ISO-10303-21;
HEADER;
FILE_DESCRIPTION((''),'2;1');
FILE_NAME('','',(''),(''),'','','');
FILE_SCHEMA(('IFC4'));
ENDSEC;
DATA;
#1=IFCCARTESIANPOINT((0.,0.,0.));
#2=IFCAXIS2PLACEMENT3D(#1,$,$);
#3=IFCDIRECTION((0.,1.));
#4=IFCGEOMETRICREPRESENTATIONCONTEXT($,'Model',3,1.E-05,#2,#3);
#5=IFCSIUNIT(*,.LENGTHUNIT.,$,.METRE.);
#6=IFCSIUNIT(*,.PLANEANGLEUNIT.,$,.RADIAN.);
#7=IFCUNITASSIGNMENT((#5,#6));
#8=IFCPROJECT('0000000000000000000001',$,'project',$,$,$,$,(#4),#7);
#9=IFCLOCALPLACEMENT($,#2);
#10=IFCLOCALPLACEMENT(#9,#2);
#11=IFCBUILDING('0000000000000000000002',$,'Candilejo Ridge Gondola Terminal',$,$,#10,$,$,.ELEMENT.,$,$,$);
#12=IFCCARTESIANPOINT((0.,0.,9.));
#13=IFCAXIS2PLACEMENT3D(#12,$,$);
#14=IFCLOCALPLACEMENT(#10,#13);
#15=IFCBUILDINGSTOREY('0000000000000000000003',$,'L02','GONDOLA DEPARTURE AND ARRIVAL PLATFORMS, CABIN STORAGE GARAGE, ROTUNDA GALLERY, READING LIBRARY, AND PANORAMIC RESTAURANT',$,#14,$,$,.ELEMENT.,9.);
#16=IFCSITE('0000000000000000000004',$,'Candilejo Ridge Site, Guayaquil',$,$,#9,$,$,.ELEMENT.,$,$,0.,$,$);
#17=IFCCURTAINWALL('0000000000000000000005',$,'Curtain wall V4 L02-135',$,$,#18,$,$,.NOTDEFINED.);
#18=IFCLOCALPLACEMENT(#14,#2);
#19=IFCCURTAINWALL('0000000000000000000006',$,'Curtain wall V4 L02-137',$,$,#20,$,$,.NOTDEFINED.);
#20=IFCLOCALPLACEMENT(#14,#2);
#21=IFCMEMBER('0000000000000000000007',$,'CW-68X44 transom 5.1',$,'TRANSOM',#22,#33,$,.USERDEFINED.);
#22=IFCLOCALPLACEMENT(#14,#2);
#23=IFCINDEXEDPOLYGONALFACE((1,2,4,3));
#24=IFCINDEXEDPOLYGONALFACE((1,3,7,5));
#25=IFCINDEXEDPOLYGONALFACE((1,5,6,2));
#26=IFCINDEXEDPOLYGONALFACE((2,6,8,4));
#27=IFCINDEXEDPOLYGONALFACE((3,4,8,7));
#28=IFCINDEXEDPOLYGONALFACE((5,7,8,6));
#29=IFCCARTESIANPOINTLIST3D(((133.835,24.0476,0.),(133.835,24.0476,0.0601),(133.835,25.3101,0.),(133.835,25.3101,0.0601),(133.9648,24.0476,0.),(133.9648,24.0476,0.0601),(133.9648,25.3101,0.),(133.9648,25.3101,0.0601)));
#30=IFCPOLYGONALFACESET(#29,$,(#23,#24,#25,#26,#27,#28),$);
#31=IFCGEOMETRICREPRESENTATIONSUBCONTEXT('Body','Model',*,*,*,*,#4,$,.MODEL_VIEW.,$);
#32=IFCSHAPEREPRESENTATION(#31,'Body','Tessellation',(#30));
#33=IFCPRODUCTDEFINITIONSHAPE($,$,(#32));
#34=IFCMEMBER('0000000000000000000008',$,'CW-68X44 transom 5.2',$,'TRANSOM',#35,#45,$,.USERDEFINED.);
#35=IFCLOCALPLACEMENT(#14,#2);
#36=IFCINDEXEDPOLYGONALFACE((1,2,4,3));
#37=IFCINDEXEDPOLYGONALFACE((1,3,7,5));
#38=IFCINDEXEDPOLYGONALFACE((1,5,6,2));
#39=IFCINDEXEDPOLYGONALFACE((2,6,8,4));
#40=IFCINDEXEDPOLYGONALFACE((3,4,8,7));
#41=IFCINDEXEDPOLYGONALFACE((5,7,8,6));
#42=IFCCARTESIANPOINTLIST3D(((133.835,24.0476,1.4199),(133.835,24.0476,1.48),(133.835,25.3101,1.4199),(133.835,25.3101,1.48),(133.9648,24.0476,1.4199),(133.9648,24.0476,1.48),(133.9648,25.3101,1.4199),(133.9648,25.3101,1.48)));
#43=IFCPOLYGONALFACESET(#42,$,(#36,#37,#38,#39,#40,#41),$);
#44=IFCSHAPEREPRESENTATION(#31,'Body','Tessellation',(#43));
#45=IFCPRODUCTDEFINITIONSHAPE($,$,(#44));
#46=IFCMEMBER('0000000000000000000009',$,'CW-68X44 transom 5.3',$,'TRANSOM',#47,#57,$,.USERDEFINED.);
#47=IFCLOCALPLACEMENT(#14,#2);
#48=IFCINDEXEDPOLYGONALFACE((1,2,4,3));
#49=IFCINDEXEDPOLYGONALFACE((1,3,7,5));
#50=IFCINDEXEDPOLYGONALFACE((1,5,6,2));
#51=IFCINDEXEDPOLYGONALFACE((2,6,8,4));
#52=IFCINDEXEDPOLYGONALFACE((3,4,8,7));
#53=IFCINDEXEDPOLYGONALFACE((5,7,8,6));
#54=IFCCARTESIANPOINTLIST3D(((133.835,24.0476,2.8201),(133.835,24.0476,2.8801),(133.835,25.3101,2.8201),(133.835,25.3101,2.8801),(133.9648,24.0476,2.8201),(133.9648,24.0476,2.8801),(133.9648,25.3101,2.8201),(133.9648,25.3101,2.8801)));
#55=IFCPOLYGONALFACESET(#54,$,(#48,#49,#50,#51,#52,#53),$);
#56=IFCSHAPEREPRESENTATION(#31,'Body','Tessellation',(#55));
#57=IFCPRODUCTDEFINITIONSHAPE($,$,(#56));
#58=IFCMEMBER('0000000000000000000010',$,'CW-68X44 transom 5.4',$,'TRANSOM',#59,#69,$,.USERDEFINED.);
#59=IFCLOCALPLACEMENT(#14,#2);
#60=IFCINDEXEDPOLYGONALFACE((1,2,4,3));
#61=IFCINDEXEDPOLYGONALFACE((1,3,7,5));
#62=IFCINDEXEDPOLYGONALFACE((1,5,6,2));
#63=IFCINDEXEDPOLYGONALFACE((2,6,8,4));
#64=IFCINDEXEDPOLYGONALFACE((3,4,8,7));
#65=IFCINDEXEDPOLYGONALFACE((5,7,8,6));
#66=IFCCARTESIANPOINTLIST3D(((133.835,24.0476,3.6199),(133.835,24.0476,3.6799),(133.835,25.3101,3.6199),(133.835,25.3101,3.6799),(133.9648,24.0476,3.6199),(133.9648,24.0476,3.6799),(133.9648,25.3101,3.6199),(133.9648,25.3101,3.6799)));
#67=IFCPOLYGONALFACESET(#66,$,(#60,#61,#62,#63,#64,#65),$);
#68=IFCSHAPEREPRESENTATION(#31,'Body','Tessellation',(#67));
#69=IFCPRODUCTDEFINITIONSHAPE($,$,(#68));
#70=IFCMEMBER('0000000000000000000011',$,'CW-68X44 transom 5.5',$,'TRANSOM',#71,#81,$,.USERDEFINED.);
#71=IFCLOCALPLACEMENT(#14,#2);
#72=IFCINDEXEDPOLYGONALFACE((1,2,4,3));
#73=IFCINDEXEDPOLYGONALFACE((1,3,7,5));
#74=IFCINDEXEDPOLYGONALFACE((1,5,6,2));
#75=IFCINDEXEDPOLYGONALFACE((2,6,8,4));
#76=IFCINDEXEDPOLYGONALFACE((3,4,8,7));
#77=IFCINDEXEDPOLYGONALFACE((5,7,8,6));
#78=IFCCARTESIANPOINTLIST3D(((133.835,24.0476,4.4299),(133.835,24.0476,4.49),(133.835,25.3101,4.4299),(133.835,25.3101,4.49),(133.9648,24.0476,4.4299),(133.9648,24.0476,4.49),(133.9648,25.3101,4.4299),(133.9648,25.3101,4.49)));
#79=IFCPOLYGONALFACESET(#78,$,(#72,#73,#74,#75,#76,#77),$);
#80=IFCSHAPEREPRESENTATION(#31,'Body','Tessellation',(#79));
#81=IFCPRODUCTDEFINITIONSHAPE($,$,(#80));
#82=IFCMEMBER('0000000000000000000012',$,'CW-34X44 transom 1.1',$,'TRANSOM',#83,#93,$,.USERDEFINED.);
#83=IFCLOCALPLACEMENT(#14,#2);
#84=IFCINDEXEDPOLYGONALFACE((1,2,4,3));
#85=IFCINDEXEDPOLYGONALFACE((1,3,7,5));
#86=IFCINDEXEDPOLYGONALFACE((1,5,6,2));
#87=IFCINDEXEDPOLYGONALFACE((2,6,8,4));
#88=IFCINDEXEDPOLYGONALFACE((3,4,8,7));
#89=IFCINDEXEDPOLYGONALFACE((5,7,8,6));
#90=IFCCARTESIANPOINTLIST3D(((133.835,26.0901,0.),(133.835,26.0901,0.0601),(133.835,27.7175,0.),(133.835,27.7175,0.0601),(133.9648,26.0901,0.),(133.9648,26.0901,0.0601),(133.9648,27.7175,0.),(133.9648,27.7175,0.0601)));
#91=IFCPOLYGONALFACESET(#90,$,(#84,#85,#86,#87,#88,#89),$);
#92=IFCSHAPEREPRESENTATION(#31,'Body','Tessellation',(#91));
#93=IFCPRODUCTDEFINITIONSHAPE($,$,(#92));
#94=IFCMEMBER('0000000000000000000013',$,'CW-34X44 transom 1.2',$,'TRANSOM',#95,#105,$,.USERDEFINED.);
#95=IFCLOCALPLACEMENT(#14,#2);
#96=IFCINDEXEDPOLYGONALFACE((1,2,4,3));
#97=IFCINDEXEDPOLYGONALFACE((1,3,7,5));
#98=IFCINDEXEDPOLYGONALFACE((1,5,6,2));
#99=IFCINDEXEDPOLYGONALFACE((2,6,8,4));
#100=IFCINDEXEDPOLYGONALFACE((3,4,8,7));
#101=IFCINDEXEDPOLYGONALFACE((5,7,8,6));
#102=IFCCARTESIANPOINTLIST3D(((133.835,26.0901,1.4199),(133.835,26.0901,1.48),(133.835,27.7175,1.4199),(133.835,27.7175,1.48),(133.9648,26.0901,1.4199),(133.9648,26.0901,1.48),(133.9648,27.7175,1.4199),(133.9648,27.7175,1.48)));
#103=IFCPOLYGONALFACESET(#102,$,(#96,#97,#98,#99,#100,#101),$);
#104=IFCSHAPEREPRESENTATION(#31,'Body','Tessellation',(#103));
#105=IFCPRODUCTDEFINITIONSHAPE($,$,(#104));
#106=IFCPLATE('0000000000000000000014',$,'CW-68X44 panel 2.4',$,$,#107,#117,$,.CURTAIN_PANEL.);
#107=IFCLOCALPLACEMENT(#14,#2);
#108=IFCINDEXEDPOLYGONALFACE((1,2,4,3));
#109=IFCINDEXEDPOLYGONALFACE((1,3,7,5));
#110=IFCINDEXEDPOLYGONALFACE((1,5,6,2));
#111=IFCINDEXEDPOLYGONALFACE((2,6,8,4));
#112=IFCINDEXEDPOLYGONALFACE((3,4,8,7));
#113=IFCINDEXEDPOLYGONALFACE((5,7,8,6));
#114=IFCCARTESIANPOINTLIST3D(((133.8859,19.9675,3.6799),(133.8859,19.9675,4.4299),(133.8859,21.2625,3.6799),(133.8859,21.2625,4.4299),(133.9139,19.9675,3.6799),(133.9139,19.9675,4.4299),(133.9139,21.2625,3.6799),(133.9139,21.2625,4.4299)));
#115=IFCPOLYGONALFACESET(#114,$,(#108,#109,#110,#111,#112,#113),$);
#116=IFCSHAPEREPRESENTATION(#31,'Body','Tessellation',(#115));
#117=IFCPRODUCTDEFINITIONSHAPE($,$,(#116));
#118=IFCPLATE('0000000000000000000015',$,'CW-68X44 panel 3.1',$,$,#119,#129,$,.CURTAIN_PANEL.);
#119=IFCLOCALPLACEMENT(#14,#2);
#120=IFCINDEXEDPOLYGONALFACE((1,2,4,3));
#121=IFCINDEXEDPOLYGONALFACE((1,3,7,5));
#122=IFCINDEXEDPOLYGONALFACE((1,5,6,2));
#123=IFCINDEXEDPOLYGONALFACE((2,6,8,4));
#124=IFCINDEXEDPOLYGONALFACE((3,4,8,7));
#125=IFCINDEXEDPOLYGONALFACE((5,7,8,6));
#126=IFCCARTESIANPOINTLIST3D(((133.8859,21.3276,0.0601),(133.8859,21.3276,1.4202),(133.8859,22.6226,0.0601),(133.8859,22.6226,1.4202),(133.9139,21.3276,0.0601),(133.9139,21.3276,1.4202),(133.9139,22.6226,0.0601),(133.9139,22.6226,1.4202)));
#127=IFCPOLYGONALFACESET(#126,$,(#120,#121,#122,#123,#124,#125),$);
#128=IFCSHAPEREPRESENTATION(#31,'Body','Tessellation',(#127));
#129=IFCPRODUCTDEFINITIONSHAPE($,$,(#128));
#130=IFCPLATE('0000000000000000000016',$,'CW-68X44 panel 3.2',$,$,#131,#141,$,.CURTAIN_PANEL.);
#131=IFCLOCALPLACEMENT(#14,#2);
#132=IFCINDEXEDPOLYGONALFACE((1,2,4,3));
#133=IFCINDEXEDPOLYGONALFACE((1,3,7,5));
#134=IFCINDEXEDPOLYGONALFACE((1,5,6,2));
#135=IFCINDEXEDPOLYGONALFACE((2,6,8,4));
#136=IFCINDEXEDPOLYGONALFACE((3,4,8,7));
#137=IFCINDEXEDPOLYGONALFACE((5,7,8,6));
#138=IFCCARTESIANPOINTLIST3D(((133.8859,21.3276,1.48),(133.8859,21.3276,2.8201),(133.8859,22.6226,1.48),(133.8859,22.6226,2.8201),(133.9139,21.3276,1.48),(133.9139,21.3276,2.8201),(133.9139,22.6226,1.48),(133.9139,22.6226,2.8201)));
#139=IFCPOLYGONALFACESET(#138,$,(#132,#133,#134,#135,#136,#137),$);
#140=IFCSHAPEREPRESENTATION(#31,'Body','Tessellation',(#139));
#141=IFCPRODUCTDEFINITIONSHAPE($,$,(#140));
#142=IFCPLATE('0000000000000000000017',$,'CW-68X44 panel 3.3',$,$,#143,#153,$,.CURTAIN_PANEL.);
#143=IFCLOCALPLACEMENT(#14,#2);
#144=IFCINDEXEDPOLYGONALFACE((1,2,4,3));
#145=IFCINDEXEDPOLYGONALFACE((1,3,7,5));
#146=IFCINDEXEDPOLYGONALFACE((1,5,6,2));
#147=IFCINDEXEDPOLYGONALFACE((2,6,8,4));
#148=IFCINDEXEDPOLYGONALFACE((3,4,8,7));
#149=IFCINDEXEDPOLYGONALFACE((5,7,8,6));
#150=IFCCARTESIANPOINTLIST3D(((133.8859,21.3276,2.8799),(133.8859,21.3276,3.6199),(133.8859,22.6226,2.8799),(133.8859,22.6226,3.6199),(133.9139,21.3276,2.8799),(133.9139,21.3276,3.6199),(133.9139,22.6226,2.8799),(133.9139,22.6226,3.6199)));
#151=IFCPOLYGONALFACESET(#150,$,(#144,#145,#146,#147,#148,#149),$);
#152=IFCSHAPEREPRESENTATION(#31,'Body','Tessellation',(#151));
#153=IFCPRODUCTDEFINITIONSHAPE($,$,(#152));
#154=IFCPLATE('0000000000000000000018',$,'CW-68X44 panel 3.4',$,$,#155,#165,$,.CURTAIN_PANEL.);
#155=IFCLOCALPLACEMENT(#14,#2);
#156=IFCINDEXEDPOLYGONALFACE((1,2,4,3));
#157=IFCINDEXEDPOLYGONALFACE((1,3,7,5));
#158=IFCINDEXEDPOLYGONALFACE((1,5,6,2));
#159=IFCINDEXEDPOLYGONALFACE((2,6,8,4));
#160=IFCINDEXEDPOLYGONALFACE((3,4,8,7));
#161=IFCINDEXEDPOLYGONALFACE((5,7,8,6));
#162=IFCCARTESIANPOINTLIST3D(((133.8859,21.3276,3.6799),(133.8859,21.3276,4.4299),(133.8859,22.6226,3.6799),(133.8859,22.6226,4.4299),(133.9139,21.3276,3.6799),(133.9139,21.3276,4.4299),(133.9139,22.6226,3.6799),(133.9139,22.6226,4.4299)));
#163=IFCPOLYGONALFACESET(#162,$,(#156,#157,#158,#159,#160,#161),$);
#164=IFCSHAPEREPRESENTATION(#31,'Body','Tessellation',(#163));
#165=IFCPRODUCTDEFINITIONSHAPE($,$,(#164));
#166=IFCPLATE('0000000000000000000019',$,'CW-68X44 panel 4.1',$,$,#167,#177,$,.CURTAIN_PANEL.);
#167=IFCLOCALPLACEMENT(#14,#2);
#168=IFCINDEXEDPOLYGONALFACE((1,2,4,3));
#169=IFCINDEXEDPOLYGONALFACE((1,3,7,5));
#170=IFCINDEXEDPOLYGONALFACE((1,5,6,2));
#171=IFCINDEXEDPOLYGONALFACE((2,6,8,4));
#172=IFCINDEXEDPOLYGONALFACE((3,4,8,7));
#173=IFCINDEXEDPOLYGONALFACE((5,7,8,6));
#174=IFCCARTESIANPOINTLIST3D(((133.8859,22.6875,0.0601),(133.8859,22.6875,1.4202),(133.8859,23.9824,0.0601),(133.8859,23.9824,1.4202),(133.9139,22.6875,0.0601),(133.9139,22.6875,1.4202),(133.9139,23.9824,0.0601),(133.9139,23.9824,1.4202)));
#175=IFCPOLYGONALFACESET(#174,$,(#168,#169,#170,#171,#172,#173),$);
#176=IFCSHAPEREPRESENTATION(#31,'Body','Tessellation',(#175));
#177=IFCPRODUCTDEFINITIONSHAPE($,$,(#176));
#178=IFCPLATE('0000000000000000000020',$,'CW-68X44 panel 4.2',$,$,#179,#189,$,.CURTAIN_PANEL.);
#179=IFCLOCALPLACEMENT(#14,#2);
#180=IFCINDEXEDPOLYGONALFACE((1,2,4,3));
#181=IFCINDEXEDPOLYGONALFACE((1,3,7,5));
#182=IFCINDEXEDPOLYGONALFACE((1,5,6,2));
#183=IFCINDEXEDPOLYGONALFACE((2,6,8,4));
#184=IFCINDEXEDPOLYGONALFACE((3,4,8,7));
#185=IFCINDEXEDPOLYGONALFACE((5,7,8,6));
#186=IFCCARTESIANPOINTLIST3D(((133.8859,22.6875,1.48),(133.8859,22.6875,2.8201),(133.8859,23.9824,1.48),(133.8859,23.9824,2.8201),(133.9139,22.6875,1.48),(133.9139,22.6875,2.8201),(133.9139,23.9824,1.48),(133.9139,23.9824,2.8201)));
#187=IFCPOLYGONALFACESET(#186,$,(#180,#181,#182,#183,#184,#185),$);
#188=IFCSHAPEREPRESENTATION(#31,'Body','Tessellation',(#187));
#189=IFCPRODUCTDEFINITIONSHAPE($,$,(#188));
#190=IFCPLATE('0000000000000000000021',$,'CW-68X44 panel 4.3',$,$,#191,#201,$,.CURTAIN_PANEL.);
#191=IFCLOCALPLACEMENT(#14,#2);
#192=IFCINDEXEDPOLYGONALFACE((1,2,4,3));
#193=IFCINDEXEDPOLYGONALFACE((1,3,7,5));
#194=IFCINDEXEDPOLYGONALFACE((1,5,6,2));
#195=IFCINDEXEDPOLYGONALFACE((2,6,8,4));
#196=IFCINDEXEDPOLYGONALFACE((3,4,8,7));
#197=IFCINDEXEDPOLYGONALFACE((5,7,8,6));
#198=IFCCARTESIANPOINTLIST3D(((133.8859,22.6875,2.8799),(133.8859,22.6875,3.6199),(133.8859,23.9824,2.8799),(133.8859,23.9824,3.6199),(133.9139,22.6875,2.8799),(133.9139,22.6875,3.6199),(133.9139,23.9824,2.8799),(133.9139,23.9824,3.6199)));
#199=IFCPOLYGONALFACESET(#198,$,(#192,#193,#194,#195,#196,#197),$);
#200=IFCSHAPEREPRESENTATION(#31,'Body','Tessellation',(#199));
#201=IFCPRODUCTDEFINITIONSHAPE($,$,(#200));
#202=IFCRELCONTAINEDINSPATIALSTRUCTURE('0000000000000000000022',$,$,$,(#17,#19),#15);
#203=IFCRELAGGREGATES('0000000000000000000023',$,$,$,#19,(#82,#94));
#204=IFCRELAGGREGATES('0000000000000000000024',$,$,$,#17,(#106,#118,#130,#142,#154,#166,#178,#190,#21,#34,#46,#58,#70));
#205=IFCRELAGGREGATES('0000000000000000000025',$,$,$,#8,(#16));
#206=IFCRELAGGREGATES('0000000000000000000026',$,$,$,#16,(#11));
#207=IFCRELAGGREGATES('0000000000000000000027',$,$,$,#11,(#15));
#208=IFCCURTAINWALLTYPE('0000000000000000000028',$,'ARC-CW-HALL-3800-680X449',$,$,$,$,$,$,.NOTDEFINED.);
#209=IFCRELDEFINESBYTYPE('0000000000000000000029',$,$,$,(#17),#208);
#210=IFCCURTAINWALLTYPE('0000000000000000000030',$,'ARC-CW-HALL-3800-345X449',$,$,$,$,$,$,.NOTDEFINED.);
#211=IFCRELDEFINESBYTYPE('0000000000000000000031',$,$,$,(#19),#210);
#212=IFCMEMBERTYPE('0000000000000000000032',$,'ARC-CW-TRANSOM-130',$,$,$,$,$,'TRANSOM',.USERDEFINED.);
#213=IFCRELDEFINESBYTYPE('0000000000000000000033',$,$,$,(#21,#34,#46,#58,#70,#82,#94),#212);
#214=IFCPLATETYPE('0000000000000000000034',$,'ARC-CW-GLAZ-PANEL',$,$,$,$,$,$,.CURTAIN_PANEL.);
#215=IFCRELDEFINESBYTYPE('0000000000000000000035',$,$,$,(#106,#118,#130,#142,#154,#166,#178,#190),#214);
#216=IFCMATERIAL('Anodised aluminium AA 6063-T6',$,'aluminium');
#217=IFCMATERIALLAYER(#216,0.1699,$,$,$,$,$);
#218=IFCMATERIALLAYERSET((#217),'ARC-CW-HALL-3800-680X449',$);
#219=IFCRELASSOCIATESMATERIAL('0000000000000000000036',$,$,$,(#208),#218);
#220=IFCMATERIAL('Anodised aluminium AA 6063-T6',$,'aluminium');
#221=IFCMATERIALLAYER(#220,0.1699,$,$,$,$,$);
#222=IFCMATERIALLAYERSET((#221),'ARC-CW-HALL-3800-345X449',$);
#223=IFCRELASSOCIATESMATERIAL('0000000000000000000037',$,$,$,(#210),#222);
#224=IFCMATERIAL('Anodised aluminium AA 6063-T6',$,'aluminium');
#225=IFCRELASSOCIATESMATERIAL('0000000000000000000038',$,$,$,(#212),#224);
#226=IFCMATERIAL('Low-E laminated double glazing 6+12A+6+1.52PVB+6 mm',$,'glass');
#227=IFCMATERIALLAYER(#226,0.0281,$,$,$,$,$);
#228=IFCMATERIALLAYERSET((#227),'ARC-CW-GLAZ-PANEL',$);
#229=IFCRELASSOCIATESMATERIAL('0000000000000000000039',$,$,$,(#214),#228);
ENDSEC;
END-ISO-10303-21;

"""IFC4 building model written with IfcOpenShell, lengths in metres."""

from ifc_helpers import new_model, si_unit, direction, frame, origin, origin_2d, place, context, subcontext, project, spatial, rectangle, extrude, material, layer, layer_set, material_profile, profile_set, type_object, element, aggregate, save


model = new_model("IFC4")

# Units and contexts
model_context = context("Model", 3, precision=1e-05, world=origin(), true_north=direction((0.0, 1.0)))
body_context = subcontext(model_context, "Body", "Model", "MODEL_VIEW")
ifc_project = project(units=[si_unit("LENGTHUNIT", "METRE"), si_unit("PLANEANGLEUNIT", "RADIAN")], contexts=[model_context])

# Site, building, storey
site_placement = place(None, origin())
site = spatial("IfcSite", under=ifc_project, at=site_placement, Name="Candilejo Ridge Site, Guayaquil", CompositionType="ELEMENT", RefElevation=0.0)
building_placement = place(site_placement, origin())
building = spatial("IfcBuilding", under=site, at=building_placement, Name="Candilejo Ridge Gondola Terminal", CompositionType="ELEMENT")
storey_placement = place(building_placement, frame((0.0, 0.0, 9.0)))
storey = spatial("IfcBuildingStorey", under=building, at=storey_placement, Name="L02", Description="GONDOLA DEPARTURE AND ARRIVAL PLATFORMS, CABIN STORAGE GARAGE, ROTUNDA GALLERY, READING LIBRARY, AND PANORAMIC RESTAURANT", CompositionType="ELEMENT", Elevation=9.0)

# Curtain wall
ifc_material_1 = material(Name="Anodised aluminium AA 6063-T6", Category="aluminium")
ifc_layer_1 = layer(ifc_material_1, 0.1699)
ifc_layer_set_1 = layer_set([ifc_layer_1], Name="ARC-CW-HALL-3800-680X449")
curtain_wall_type_1 = type_object("IfcCurtainWallType", Name="ARC-CW-HALL-3800-680X449", PredefinedType="NOTDEFINED", material=ifc_layer_set_1)
curtain_wall_1_placement = place(storey_placement, origin())
curtain_wall_1 = element("IfcCurtainWall", 1, at=curtain_wall_1_placement, inside=storey, type_object=curtain_wall_type_1, Name="Curtain wall V4 L02-135", PredefinedType="NOTDEFINED")

# Curtain wall
ifc_material_2 = material(Name="Anodised aluminium AA 6063-T6", Category="aluminium")
ifc_layer_2 = layer(ifc_material_2, 0.1699)
ifc_layer_set_2 = layer_set([ifc_layer_2], Name="ARC-CW-HALL-3800-345X449")
curtain_wall_type_2 = type_object("IfcCurtainWallType", Name="ARC-CW-HALL-3800-345X449", PredefinedType="NOTDEFINED", material=ifc_layer_set_2)
curtain_wall_2_placement = place(storey_placement, origin())
curtain_wall_2 = element("IfcCurtainWall", 2, at=curtain_wall_2_placement, inside=storey, type_object=curtain_wall_type_2, Name="Curtain wall V4 L02-137", PredefinedType="NOTDEFINED")

# Members
ifc_material_3 = material(Name="Anodised aluminium AA 6063-T6", Category="aluminium")
ifc_material_profile_1 = material_profile(ifc_material_3, rectangle(XDim=0.1299, YDim=0.0601, at=origin_2d()))
ifc_profile_set_1 = profile_set([ifc_material_profile_1], Name="Anodised aluminium AA 6063-T6")
member_type_1 = type_object("IfcMemberType", Name="ARC-CW-TRANSOM-130", ElementType="TRANSOM", PredefinedType="USERDEFINED", material=ifc_profile_set_1)
member_1_placement = place(storey_placement, frame((133.8999, 24.0476, 0.03), z_axis=(0.0, 1.0, 0.0), x_axis=(-1.0, 0.0, 0.0)))
member_1 = element("IfcMember", 3, at=member_1_placement, type_object=member_type_1, Name="CW-68X44 transom 5.1", ObjectType="TRANSOM", PredefinedType="USERDEFINED", context=body_context, shape_type="SweptSolid", body=[
    extrude(rectangle(XDim=0.1299, YDim=0.0601, at=origin_2d()), origin(), (0.0, 0.0, 1.0), 1.2625),
])
member_2_placement = place(storey_placement, frame((133.8999, 24.0476, 1.45), z_axis=(0.0, 1.0, 0.0), x_axis=(-1.0, 0.0, 0.0)))
member_2 = element("IfcMember", 4, at=member_2_placement, type_object=member_type_1, Name="CW-68X44 transom 5.2", ObjectType="TRANSOM", PredefinedType="USERDEFINED", context=body_context, shape_type="SweptSolid", body=[
    extrude(rectangle(XDim=0.1299, YDim=0.0601, at=origin_2d()), origin(), (0.0, 0.0, 1.0), 1.2625),
])
member_3_placement = place(storey_placement, frame((133.8999, 24.0476, 2.8501), z_axis=(0.0, 1.0, 0.0), x_axis=(-1.0, 0.0, 0.0)))
member_3 = element("IfcMember", 5, at=member_3_placement, type_object=member_type_1, Name="CW-68X44 transom 5.3", ObjectType="TRANSOM", PredefinedType="USERDEFINED", context=body_context, shape_type="SweptSolid", body=[
    extrude(rectangle(XDim=0.1299, YDim=0.0601, at=origin_2d()), origin(), (0.0, 0.0, 1.0), 1.2625),
])
member_4_placement = place(storey_placement, frame((133.8999, 24.0476, 3.6499), z_axis=(0.0, 1.0, 0.0), x_axis=(-1.0, 0.0, 0.0)))
member_4 = element("IfcMember", 6, at=member_4_placement, type_object=member_type_1, Name="CW-68X44 transom 5.4", ObjectType="TRANSOM", PredefinedType="USERDEFINED", context=body_context, shape_type="SweptSolid", body=[
    extrude(rectangle(XDim=0.1299, YDim=0.0601, at=origin_2d()), origin(), (0.0, 0.0, 1.0), 1.2625),
])
member_5_placement = place(storey_placement, frame((133.8999, 24.0476, 4.46), z_axis=(0.0, 1.0, 0.0), x_axis=(-1.0, 0.0, 0.0)))
member_5 = element("IfcMember", 7, at=member_5_placement, type_object=member_type_1, Name="CW-68X44 transom 5.5", ObjectType="TRANSOM", PredefinedType="USERDEFINED", context=body_context, shape_type="SweptSolid", body=[
    extrude(rectangle(XDim=0.1299, YDim=0.0601, at=origin_2d()), origin(), (0.0, 0.0, 1.0), 1.2625),
])
member_6_placement = place(storey_placement, frame((133.8999, 26.0901, 0.03), z_axis=(0.0, 1.0, 0.0), x_axis=(-1.0, 0.0, 0.0)))
member_6 = element("IfcMember", 8, at=member_6_placement, type_object=member_type_1, Name="CW-34X44 transom 1.1", ObjectType="TRANSOM", PredefinedType="USERDEFINED", context=body_context, shape_type="SweptSolid", body=[
    extrude(rectangle(XDim=0.1299, YDim=0.0601, at=origin_2d()), origin(), (0.0, 0.0, 1.0), 1.6274),
])
member_7_placement = place(storey_placement, frame((133.8999, 26.0901, 1.45), z_axis=(0.0, 1.0, 0.0), x_axis=(-1.0, 0.0, 0.0)))
member_7 = element("IfcMember", 9, at=member_7_placement, type_object=member_type_1, Name="CW-34X44 transom 1.2", ObjectType="TRANSOM", PredefinedType="USERDEFINED", context=body_context, shape_type="SweptSolid", body=[
    extrude(rectangle(XDim=0.1299, YDim=0.0601, at=origin_2d()), origin(), (0.0, 0.0, 1.0), 1.6274),
])
aggregate(curtain_wall_2, [member_6, member_7])

# Plates
ifc_material_4 = material(Name="Low-E laminated double glazing 6+12A+6+1.52PVB+6 mm", Category="glass")
ifc_layer_3 = layer(ifc_material_4, 0.0281)
ifc_layer_set_3 = layer_set([ifc_layer_3], Name="ARC-CW-GLAZ-PANEL")
plate_type = type_object("IfcPlateType", Name="ARC-CW-GLAZ-PANEL", PredefinedType="CURTAIN_PANEL", material=ifc_layer_set_3)
plate_1_placement = place(storey_placement, frame((133.8999, 20.615, 3.6799), z_axis=(0.0, 0.0, 1.0), x_axis=(0.0, 1.0, 0.0)))
plate_1 = element("IfcPlate", 10, at=plate_1_placement, type_object=plate_type, Name="CW-68X44 panel 2.4", PredefinedType="CURTAIN_PANEL", context=body_context, shape_type="SweptSolid", body=[
    extrude(rectangle(XDim=1.2949, YDim=0.0281, at=origin_2d()), origin(), (0.0, 0.0, 1.0), 0.75),
])
plate_2_placement = place(storey_placement, frame((133.8999, 21.9751, 0.0601), z_axis=(0.0, 0.0, 1.0), x_axis=(0.0, 1.0, 0.0)))
plate_2 = element("IfcPlate", 11, at=plate_2_placement, type_object=plate_type, Name="CW-68X44 panel 3.1", PredefinedType="CURTAIN_PANEL", context=body_context, shape_type="SweptSolid", body=[
    extrude(rectangle(XDim=1.2949, YDim=0.0281, at=origin_2d()), origin(), (0.0, 0.0, 1.0), 1.3601),
])
plate_3_placement = place(storey_placement, frame((133.8999, 21.9751, 1.48), z_axis=(0.0, 0.0, 1.0), x_axis=(0.0, 1.0, 0.0)))
plate_3 = element("IfcPlate", 12, at=plate_3_placement, type_object=plate_type, Name="CW-68X44 panel 3.2", PredefinedType="CURTAIN_PANEL", context=body_context, shape_type="SweptSolid", body=[
    extrude(rectangle(XDim=1.2949, YDim=0.0281, at=origin_2d()), origin(), (0.0, 0.0, 1.0), 1.3401),
])
plate_4_placement = place(storey_placement, frame((133.8999, 21.9751, 2.8799), z_axis=(0.0, 0.0, 1.0), x_axis=(0.0, 1.0, 0.0)))
plate_4 = element("IfcPlate", 13, at=plate_4_placement, type_object=plate_type, Name="CW-68X44 panel 3.3", PredefinedType="CURTAIN_PANEL", context=body_context, shape_type="SweptSolid", body=[
    extrude(rectangle(XDim=1.2949, YDim=0.0281, at=origin_2d()), origin(), (0.0, 0.0, 1.0), 0.74),
])
plate_5_placement = place(storey_placement, frame((133.8999, 21.9751, 3.6799), z_axis=(0.0, 0.0, 1.0), x_axis=(0.0, 1.0, 0.0)))
plate_5 = element("IfcPlate", 14, at=plate_5_placement, type_object=plate_type, Name="CW-68X44 panel 3.4", PredefinedType="CURTAIN_PANEL", context=body_context, shape_type="SweptSolid", body=[
    extrude(rectangle(XDim=1.2949, YDim=0.0281, at=origin_2d()), origin(), (0.0, 0.0, 1.0), 0.75),
])
plate_6_placement = place(storey_placement, frame((133.8999, 23.335, 0.0601), z_axis=(0.0, 0.0, 1.0), x_axis=(0.0, 1.0, 0.0)))
plate_6 = element("IfcPlate", 15, at=plate_6_placement, type_object=plate_type, Name="CW-68X44 panel 4.1", PredefinedType="CURTAIN_PANEL", context=body_context, shape_type="SweptSolid", body=[
    extrude(rectangle(XDim=1.2949, YDim=0.0281, at=origin_2d()), origin(), (0.0, 0.0, 1.0), 1.3601),
])
plate_7_placement = place(storey_placement, frame((133.8999, 23.335, 1.48), z_axis=(0.0, 0.0, 1.0), x_axis=(0.0, 1.0, 0.0)))
plate_7 = element("IfcPlate", 16, at=plate_7_placement, type_object=plate_type, Name="CW-68X44 panel 4.2", PredefinedType="CURTAIN_PANEL", context=body_context, shape_type="SweptSolid", body=[
    extrude(rectangle(XDim=1.2949, YDim=0.0281, at=origin_2d()), origin(), (0.0, 0.0, 1.0), 1.3401),
])
plate_8_placement = place(storey_placement, frame((133.8999, 23.335, 2.8799), z_axis=(0.0, 0.0, 1.0), x_axis=(0.0, 1.0, 0.0)))
plate_8 = element("IfcPlate", 17, at=plate_8_placement, type_object=plate_type, Name="CW-68X44 panel 4.3", PredefinedType="CURTAIN_PANEL", context=body_context, shape_type="SweptSolid", body=[
    extrude(rectangle(XDim=1.2949, YDim=0.0281, at=origin_2d()), origin(), (0.0, 0.0, 1.0), 0.74),
])
aggregate(curtain_wall_1, [plate_1, plate_2, plate_3, plate_4, plate_5, plate_6, plate_7, plate_8, member_1, member_2, member_3, member_4, member_5])

save(model, "model.ifc")
